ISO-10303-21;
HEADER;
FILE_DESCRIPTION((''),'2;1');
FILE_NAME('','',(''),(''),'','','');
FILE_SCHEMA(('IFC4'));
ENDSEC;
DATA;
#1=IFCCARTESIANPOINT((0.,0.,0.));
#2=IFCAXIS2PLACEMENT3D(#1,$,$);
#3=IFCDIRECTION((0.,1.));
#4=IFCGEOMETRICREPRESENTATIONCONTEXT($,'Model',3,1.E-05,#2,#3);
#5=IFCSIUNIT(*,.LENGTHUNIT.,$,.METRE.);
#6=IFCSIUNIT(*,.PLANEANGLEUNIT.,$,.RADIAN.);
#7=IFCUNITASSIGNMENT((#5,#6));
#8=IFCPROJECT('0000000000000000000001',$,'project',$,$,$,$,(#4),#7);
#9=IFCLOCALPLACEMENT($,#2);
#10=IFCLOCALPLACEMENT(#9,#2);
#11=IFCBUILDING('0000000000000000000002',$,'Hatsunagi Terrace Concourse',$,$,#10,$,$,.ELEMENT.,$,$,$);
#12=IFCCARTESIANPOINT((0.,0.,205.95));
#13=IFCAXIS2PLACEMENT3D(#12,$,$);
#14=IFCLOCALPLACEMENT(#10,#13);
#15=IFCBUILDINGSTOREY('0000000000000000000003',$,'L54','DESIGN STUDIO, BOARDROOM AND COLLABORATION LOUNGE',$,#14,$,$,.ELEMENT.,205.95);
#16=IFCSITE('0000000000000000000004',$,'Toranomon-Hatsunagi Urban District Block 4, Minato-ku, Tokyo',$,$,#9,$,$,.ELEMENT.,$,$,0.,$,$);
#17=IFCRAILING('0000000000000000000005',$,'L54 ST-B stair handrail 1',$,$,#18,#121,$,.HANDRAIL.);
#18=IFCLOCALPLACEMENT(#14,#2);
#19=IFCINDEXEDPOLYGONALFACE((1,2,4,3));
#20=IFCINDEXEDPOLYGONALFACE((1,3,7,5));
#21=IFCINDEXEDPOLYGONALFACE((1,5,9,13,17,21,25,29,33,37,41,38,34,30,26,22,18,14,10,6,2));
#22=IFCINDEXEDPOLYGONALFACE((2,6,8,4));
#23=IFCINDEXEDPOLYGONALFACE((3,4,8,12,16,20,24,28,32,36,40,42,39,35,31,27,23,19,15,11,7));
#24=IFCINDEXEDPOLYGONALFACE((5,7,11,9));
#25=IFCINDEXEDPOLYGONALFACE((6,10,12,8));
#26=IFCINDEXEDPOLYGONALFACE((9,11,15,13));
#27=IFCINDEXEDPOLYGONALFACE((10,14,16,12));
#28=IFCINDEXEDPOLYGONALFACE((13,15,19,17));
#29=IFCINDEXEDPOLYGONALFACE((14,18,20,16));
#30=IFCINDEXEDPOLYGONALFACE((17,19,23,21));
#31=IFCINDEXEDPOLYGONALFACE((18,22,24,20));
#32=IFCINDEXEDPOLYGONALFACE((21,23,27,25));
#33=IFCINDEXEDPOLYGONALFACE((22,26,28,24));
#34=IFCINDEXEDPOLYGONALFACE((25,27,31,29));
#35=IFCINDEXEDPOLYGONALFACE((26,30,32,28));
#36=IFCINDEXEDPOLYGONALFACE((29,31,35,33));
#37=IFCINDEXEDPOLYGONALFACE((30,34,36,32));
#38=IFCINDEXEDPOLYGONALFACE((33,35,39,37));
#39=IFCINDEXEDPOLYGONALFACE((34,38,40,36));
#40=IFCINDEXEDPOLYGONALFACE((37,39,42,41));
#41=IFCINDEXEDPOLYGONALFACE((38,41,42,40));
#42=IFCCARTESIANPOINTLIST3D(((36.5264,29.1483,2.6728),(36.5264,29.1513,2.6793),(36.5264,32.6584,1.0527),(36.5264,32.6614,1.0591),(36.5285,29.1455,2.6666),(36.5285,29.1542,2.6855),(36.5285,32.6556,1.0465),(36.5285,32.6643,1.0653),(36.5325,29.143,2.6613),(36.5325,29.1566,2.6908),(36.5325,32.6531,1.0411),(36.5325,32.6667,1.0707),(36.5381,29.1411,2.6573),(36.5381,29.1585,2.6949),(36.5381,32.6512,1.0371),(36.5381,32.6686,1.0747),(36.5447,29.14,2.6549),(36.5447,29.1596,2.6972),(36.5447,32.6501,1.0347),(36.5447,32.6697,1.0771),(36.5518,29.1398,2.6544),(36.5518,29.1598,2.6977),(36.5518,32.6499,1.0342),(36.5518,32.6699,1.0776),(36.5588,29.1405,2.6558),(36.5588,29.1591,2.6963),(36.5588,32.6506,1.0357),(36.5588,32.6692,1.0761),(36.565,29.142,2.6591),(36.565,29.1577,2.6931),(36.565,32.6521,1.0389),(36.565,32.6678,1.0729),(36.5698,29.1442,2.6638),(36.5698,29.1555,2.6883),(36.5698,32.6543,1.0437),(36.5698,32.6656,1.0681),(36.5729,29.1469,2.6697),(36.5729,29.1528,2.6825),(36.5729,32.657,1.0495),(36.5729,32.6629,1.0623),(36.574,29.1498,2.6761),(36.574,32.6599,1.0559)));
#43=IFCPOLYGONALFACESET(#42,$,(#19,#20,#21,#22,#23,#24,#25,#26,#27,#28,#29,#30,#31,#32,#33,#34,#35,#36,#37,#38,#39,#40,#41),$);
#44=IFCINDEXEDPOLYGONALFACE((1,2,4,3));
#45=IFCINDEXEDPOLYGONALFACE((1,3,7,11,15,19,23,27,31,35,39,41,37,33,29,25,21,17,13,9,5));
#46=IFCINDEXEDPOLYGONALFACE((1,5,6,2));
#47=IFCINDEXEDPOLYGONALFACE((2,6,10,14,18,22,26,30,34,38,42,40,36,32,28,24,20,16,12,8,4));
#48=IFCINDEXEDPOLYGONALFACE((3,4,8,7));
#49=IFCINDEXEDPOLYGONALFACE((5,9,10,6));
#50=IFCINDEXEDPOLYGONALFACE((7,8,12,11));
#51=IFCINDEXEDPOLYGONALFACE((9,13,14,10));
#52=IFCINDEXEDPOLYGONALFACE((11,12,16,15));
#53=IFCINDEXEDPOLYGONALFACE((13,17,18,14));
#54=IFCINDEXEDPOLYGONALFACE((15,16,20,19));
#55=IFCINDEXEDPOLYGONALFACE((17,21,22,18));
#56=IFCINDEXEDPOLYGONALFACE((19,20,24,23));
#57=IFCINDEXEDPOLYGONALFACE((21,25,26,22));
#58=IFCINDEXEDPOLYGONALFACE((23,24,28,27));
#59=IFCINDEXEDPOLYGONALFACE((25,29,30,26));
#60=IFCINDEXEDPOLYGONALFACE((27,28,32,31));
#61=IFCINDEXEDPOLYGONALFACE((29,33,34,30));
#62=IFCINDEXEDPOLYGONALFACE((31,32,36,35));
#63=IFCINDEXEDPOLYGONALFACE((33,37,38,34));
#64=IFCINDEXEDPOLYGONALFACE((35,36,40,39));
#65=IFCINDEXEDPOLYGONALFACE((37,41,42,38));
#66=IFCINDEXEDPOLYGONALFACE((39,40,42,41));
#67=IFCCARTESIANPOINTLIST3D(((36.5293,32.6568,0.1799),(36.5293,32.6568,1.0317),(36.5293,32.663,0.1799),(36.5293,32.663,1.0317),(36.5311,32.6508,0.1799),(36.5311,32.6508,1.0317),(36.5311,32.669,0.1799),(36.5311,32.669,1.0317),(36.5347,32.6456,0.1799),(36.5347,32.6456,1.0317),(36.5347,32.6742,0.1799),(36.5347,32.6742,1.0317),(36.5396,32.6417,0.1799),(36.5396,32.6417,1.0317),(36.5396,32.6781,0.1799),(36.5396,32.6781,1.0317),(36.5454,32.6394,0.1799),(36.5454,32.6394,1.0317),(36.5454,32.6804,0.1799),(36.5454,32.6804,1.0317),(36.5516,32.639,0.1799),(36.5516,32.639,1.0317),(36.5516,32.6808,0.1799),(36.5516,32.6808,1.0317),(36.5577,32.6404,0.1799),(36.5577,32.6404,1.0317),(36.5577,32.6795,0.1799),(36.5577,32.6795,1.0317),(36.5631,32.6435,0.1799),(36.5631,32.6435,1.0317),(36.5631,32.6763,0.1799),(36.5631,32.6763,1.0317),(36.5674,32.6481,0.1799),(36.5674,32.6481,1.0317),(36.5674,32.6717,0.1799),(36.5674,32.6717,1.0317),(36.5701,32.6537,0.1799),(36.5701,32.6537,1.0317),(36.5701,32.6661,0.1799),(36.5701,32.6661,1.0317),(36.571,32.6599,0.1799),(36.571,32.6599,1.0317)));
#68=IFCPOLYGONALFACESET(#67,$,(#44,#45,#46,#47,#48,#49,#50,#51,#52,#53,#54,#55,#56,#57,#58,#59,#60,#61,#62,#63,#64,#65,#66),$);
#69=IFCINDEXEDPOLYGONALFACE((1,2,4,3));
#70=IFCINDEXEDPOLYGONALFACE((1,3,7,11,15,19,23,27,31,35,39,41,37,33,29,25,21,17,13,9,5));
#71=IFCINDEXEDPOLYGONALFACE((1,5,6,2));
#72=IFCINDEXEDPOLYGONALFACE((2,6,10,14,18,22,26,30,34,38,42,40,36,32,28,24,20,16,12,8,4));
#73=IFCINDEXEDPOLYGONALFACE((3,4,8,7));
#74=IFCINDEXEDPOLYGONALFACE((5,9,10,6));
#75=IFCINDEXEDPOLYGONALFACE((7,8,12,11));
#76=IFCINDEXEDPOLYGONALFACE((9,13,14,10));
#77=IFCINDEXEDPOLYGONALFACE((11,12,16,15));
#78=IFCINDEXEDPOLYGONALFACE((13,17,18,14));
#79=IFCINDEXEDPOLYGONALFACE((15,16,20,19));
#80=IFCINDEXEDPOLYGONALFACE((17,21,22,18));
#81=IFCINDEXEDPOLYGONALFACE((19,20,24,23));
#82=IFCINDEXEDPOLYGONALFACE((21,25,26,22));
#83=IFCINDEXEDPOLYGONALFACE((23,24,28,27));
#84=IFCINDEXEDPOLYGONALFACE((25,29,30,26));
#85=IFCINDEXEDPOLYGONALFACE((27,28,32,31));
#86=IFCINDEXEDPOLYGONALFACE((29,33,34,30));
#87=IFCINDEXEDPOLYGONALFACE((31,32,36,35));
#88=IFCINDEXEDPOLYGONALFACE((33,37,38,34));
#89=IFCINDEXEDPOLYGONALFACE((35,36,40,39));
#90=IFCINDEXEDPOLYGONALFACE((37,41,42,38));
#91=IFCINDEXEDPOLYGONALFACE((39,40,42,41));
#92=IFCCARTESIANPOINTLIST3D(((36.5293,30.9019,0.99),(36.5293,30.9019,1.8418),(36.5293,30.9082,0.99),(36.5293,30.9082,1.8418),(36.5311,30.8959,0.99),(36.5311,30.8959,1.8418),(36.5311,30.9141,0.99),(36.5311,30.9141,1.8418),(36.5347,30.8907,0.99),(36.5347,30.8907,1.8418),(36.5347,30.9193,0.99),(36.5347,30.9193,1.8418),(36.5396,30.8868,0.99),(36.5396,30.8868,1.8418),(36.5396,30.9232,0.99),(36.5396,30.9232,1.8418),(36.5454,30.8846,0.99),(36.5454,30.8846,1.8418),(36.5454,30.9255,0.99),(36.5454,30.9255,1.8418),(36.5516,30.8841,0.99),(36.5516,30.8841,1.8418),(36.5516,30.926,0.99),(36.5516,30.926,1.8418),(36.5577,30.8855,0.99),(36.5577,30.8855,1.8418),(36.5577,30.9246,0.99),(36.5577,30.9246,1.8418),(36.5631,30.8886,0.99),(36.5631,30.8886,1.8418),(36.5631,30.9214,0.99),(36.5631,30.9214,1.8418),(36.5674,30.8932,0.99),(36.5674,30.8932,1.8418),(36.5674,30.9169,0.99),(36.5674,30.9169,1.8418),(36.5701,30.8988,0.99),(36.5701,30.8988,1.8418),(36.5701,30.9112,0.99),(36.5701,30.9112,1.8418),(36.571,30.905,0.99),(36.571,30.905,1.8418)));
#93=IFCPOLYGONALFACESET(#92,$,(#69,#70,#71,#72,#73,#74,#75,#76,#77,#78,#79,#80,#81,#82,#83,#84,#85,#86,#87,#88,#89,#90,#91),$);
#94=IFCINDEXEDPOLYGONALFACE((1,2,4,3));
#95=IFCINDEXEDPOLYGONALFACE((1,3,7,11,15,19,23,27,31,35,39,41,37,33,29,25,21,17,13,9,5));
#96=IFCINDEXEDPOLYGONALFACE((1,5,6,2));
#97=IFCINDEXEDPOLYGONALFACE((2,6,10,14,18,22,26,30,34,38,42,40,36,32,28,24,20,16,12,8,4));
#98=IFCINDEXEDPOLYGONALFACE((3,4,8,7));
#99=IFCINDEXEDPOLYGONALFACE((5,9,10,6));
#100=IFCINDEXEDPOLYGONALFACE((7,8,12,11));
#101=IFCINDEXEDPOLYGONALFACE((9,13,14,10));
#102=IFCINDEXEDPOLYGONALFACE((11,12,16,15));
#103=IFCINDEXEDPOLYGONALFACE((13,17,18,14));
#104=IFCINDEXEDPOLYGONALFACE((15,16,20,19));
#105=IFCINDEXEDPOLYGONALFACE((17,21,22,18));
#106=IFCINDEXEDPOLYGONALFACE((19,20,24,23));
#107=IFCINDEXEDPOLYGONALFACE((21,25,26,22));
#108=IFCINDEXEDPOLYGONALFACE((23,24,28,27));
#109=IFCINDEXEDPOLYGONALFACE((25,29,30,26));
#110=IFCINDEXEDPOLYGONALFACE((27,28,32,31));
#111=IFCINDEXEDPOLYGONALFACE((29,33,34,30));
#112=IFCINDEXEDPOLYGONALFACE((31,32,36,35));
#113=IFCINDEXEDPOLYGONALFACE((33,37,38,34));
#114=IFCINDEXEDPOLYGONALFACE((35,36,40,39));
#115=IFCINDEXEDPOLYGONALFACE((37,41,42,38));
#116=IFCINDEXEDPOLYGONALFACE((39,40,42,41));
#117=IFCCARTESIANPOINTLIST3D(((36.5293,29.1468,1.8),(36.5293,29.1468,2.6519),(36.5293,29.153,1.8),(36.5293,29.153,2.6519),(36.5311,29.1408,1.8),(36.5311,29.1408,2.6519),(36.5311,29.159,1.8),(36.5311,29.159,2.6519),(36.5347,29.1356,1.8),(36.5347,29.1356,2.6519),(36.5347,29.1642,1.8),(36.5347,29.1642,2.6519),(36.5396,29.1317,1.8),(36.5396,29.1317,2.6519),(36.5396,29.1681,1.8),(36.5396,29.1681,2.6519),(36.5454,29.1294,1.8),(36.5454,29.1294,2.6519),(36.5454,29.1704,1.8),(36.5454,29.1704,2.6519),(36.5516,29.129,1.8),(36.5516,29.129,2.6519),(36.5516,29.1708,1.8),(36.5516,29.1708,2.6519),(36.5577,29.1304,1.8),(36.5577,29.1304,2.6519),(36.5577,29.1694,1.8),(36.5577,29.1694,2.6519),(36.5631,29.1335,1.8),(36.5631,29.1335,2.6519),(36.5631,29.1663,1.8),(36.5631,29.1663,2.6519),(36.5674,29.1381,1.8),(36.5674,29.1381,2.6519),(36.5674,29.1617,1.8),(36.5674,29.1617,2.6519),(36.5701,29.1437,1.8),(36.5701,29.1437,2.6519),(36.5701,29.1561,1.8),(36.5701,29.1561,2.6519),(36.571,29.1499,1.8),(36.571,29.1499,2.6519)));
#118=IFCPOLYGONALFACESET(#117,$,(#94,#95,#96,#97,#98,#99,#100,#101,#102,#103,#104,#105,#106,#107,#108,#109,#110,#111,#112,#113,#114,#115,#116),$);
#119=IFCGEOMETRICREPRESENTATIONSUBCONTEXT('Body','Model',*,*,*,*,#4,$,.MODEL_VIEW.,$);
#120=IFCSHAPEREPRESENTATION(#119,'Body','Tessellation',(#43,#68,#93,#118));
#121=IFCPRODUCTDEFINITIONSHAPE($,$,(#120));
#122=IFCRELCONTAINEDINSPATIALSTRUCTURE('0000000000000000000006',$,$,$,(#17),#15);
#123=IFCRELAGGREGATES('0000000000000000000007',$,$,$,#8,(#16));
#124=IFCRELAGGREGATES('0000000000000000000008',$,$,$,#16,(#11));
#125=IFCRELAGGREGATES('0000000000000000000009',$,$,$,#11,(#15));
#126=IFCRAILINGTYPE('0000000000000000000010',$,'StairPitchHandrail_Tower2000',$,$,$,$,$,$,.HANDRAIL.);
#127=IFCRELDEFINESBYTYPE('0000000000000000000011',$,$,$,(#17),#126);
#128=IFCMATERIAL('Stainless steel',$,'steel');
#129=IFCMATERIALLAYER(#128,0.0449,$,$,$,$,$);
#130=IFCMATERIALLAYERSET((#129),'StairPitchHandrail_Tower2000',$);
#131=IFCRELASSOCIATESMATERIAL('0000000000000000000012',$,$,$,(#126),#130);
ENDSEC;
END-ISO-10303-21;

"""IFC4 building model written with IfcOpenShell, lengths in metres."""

from ifc_helpers import new_model, si_unit, direction, frame, origin, origin_2d, place, context, subcontext, project, spatial, circle, extrude, material, layer, layer_set, type_object, element, save


model = new_model("IFC4")

# Units and contexts
model_context = context("Model", 3, precision=1e-05, world=origin(), true_north=direction((0.0, 1.0)))
body_context = subcontext(model_context, "Body", "Model", "MODEL_VIEW")
ifc_project = project(units=[si_unit("LENGTHUNIT", "METRE"), si_unit("PLANEANGLEUNIT", "RADIAN")], contexts=[model_context])

# Site, building, storey
site_placement = place(None, origin())
site = spatial("IfcSite", under=ifc_project, at=site_placement, Name="Toranomon-Hatsunagi Urban District Block 4, Minato-ku, Tokyo", CompositionType="ELEMENT", RefElevation=0.0)
building_placement = place(site_placement, origin())
building = spatial("IfcBuilding", under=site, at=building_placement, Name="Hatsunagi Terrace Concourse", CompositionType="ELEMENT")
storey_placement = place(building_placement, frame((0.0, 0.0, 205.95)))
storey = spatial("IfcBuildingStorey", under=building, at=storey_placement, Name="L54", Description="DESIGN STUDIO, BOARDROOM AND COLLABORATION LOUNGE", CompositionType="ELEMENT", Elevation=205.95)

# Railing
ifc_material_1 = material(Name="Stainless steel", Category="steel")
ifc_layer_1 = layer(ifc_material_1, 0.0449)
ifc_layer_set_1 = layer_set([ifc_layer_1], Name="StairPitchHandrail_Tower2000")
railing_type_1 = type_object("IfcRailingType", Name="StairPitchHandrail_Tower2000", PredefinedType="HANDRAIL", material=ifc_layer_set_1)
railing_1_placement = place(storey_placement, frame((36.55, 32.6599, 0.1799)))
element("IfcRailing", 1, at=railing_1_placement, inside=storey, type_object=railing_type_1, Name="L54 ST-B stair handrail 1", PredefinedType="HANDRAIL", context=body_context, shape_type="SweptSolid", body=[
    extrude(circle(Radius=0.0239, at=origin_2d()), frame((0.0, 0.0, 0.876), z_axis=(0.0, -0.907948, 0.419082), x_axis=(1.0, 0.0, 0.0)), (0.0, 0.0, 1.0), 3.866),
    extrude(circle(Radius=0.021, at=origin_2d()), origin(), (0.0, 0.0, 1.0), 0.8518),
    extrude(circle(Radius=0.021, at=origin_2d()), frame((0.0, -1.7549, 0.8101)), (0.0, 0.0, 1.0), 0.8518),
    extrude(circle(Radius=0.021, at=origin_2d()), frame((0.0, -3.51, 1.6201)), (0.0, 0.0, 1.0), 0.8518),
])

save(model, "model.ifc")
